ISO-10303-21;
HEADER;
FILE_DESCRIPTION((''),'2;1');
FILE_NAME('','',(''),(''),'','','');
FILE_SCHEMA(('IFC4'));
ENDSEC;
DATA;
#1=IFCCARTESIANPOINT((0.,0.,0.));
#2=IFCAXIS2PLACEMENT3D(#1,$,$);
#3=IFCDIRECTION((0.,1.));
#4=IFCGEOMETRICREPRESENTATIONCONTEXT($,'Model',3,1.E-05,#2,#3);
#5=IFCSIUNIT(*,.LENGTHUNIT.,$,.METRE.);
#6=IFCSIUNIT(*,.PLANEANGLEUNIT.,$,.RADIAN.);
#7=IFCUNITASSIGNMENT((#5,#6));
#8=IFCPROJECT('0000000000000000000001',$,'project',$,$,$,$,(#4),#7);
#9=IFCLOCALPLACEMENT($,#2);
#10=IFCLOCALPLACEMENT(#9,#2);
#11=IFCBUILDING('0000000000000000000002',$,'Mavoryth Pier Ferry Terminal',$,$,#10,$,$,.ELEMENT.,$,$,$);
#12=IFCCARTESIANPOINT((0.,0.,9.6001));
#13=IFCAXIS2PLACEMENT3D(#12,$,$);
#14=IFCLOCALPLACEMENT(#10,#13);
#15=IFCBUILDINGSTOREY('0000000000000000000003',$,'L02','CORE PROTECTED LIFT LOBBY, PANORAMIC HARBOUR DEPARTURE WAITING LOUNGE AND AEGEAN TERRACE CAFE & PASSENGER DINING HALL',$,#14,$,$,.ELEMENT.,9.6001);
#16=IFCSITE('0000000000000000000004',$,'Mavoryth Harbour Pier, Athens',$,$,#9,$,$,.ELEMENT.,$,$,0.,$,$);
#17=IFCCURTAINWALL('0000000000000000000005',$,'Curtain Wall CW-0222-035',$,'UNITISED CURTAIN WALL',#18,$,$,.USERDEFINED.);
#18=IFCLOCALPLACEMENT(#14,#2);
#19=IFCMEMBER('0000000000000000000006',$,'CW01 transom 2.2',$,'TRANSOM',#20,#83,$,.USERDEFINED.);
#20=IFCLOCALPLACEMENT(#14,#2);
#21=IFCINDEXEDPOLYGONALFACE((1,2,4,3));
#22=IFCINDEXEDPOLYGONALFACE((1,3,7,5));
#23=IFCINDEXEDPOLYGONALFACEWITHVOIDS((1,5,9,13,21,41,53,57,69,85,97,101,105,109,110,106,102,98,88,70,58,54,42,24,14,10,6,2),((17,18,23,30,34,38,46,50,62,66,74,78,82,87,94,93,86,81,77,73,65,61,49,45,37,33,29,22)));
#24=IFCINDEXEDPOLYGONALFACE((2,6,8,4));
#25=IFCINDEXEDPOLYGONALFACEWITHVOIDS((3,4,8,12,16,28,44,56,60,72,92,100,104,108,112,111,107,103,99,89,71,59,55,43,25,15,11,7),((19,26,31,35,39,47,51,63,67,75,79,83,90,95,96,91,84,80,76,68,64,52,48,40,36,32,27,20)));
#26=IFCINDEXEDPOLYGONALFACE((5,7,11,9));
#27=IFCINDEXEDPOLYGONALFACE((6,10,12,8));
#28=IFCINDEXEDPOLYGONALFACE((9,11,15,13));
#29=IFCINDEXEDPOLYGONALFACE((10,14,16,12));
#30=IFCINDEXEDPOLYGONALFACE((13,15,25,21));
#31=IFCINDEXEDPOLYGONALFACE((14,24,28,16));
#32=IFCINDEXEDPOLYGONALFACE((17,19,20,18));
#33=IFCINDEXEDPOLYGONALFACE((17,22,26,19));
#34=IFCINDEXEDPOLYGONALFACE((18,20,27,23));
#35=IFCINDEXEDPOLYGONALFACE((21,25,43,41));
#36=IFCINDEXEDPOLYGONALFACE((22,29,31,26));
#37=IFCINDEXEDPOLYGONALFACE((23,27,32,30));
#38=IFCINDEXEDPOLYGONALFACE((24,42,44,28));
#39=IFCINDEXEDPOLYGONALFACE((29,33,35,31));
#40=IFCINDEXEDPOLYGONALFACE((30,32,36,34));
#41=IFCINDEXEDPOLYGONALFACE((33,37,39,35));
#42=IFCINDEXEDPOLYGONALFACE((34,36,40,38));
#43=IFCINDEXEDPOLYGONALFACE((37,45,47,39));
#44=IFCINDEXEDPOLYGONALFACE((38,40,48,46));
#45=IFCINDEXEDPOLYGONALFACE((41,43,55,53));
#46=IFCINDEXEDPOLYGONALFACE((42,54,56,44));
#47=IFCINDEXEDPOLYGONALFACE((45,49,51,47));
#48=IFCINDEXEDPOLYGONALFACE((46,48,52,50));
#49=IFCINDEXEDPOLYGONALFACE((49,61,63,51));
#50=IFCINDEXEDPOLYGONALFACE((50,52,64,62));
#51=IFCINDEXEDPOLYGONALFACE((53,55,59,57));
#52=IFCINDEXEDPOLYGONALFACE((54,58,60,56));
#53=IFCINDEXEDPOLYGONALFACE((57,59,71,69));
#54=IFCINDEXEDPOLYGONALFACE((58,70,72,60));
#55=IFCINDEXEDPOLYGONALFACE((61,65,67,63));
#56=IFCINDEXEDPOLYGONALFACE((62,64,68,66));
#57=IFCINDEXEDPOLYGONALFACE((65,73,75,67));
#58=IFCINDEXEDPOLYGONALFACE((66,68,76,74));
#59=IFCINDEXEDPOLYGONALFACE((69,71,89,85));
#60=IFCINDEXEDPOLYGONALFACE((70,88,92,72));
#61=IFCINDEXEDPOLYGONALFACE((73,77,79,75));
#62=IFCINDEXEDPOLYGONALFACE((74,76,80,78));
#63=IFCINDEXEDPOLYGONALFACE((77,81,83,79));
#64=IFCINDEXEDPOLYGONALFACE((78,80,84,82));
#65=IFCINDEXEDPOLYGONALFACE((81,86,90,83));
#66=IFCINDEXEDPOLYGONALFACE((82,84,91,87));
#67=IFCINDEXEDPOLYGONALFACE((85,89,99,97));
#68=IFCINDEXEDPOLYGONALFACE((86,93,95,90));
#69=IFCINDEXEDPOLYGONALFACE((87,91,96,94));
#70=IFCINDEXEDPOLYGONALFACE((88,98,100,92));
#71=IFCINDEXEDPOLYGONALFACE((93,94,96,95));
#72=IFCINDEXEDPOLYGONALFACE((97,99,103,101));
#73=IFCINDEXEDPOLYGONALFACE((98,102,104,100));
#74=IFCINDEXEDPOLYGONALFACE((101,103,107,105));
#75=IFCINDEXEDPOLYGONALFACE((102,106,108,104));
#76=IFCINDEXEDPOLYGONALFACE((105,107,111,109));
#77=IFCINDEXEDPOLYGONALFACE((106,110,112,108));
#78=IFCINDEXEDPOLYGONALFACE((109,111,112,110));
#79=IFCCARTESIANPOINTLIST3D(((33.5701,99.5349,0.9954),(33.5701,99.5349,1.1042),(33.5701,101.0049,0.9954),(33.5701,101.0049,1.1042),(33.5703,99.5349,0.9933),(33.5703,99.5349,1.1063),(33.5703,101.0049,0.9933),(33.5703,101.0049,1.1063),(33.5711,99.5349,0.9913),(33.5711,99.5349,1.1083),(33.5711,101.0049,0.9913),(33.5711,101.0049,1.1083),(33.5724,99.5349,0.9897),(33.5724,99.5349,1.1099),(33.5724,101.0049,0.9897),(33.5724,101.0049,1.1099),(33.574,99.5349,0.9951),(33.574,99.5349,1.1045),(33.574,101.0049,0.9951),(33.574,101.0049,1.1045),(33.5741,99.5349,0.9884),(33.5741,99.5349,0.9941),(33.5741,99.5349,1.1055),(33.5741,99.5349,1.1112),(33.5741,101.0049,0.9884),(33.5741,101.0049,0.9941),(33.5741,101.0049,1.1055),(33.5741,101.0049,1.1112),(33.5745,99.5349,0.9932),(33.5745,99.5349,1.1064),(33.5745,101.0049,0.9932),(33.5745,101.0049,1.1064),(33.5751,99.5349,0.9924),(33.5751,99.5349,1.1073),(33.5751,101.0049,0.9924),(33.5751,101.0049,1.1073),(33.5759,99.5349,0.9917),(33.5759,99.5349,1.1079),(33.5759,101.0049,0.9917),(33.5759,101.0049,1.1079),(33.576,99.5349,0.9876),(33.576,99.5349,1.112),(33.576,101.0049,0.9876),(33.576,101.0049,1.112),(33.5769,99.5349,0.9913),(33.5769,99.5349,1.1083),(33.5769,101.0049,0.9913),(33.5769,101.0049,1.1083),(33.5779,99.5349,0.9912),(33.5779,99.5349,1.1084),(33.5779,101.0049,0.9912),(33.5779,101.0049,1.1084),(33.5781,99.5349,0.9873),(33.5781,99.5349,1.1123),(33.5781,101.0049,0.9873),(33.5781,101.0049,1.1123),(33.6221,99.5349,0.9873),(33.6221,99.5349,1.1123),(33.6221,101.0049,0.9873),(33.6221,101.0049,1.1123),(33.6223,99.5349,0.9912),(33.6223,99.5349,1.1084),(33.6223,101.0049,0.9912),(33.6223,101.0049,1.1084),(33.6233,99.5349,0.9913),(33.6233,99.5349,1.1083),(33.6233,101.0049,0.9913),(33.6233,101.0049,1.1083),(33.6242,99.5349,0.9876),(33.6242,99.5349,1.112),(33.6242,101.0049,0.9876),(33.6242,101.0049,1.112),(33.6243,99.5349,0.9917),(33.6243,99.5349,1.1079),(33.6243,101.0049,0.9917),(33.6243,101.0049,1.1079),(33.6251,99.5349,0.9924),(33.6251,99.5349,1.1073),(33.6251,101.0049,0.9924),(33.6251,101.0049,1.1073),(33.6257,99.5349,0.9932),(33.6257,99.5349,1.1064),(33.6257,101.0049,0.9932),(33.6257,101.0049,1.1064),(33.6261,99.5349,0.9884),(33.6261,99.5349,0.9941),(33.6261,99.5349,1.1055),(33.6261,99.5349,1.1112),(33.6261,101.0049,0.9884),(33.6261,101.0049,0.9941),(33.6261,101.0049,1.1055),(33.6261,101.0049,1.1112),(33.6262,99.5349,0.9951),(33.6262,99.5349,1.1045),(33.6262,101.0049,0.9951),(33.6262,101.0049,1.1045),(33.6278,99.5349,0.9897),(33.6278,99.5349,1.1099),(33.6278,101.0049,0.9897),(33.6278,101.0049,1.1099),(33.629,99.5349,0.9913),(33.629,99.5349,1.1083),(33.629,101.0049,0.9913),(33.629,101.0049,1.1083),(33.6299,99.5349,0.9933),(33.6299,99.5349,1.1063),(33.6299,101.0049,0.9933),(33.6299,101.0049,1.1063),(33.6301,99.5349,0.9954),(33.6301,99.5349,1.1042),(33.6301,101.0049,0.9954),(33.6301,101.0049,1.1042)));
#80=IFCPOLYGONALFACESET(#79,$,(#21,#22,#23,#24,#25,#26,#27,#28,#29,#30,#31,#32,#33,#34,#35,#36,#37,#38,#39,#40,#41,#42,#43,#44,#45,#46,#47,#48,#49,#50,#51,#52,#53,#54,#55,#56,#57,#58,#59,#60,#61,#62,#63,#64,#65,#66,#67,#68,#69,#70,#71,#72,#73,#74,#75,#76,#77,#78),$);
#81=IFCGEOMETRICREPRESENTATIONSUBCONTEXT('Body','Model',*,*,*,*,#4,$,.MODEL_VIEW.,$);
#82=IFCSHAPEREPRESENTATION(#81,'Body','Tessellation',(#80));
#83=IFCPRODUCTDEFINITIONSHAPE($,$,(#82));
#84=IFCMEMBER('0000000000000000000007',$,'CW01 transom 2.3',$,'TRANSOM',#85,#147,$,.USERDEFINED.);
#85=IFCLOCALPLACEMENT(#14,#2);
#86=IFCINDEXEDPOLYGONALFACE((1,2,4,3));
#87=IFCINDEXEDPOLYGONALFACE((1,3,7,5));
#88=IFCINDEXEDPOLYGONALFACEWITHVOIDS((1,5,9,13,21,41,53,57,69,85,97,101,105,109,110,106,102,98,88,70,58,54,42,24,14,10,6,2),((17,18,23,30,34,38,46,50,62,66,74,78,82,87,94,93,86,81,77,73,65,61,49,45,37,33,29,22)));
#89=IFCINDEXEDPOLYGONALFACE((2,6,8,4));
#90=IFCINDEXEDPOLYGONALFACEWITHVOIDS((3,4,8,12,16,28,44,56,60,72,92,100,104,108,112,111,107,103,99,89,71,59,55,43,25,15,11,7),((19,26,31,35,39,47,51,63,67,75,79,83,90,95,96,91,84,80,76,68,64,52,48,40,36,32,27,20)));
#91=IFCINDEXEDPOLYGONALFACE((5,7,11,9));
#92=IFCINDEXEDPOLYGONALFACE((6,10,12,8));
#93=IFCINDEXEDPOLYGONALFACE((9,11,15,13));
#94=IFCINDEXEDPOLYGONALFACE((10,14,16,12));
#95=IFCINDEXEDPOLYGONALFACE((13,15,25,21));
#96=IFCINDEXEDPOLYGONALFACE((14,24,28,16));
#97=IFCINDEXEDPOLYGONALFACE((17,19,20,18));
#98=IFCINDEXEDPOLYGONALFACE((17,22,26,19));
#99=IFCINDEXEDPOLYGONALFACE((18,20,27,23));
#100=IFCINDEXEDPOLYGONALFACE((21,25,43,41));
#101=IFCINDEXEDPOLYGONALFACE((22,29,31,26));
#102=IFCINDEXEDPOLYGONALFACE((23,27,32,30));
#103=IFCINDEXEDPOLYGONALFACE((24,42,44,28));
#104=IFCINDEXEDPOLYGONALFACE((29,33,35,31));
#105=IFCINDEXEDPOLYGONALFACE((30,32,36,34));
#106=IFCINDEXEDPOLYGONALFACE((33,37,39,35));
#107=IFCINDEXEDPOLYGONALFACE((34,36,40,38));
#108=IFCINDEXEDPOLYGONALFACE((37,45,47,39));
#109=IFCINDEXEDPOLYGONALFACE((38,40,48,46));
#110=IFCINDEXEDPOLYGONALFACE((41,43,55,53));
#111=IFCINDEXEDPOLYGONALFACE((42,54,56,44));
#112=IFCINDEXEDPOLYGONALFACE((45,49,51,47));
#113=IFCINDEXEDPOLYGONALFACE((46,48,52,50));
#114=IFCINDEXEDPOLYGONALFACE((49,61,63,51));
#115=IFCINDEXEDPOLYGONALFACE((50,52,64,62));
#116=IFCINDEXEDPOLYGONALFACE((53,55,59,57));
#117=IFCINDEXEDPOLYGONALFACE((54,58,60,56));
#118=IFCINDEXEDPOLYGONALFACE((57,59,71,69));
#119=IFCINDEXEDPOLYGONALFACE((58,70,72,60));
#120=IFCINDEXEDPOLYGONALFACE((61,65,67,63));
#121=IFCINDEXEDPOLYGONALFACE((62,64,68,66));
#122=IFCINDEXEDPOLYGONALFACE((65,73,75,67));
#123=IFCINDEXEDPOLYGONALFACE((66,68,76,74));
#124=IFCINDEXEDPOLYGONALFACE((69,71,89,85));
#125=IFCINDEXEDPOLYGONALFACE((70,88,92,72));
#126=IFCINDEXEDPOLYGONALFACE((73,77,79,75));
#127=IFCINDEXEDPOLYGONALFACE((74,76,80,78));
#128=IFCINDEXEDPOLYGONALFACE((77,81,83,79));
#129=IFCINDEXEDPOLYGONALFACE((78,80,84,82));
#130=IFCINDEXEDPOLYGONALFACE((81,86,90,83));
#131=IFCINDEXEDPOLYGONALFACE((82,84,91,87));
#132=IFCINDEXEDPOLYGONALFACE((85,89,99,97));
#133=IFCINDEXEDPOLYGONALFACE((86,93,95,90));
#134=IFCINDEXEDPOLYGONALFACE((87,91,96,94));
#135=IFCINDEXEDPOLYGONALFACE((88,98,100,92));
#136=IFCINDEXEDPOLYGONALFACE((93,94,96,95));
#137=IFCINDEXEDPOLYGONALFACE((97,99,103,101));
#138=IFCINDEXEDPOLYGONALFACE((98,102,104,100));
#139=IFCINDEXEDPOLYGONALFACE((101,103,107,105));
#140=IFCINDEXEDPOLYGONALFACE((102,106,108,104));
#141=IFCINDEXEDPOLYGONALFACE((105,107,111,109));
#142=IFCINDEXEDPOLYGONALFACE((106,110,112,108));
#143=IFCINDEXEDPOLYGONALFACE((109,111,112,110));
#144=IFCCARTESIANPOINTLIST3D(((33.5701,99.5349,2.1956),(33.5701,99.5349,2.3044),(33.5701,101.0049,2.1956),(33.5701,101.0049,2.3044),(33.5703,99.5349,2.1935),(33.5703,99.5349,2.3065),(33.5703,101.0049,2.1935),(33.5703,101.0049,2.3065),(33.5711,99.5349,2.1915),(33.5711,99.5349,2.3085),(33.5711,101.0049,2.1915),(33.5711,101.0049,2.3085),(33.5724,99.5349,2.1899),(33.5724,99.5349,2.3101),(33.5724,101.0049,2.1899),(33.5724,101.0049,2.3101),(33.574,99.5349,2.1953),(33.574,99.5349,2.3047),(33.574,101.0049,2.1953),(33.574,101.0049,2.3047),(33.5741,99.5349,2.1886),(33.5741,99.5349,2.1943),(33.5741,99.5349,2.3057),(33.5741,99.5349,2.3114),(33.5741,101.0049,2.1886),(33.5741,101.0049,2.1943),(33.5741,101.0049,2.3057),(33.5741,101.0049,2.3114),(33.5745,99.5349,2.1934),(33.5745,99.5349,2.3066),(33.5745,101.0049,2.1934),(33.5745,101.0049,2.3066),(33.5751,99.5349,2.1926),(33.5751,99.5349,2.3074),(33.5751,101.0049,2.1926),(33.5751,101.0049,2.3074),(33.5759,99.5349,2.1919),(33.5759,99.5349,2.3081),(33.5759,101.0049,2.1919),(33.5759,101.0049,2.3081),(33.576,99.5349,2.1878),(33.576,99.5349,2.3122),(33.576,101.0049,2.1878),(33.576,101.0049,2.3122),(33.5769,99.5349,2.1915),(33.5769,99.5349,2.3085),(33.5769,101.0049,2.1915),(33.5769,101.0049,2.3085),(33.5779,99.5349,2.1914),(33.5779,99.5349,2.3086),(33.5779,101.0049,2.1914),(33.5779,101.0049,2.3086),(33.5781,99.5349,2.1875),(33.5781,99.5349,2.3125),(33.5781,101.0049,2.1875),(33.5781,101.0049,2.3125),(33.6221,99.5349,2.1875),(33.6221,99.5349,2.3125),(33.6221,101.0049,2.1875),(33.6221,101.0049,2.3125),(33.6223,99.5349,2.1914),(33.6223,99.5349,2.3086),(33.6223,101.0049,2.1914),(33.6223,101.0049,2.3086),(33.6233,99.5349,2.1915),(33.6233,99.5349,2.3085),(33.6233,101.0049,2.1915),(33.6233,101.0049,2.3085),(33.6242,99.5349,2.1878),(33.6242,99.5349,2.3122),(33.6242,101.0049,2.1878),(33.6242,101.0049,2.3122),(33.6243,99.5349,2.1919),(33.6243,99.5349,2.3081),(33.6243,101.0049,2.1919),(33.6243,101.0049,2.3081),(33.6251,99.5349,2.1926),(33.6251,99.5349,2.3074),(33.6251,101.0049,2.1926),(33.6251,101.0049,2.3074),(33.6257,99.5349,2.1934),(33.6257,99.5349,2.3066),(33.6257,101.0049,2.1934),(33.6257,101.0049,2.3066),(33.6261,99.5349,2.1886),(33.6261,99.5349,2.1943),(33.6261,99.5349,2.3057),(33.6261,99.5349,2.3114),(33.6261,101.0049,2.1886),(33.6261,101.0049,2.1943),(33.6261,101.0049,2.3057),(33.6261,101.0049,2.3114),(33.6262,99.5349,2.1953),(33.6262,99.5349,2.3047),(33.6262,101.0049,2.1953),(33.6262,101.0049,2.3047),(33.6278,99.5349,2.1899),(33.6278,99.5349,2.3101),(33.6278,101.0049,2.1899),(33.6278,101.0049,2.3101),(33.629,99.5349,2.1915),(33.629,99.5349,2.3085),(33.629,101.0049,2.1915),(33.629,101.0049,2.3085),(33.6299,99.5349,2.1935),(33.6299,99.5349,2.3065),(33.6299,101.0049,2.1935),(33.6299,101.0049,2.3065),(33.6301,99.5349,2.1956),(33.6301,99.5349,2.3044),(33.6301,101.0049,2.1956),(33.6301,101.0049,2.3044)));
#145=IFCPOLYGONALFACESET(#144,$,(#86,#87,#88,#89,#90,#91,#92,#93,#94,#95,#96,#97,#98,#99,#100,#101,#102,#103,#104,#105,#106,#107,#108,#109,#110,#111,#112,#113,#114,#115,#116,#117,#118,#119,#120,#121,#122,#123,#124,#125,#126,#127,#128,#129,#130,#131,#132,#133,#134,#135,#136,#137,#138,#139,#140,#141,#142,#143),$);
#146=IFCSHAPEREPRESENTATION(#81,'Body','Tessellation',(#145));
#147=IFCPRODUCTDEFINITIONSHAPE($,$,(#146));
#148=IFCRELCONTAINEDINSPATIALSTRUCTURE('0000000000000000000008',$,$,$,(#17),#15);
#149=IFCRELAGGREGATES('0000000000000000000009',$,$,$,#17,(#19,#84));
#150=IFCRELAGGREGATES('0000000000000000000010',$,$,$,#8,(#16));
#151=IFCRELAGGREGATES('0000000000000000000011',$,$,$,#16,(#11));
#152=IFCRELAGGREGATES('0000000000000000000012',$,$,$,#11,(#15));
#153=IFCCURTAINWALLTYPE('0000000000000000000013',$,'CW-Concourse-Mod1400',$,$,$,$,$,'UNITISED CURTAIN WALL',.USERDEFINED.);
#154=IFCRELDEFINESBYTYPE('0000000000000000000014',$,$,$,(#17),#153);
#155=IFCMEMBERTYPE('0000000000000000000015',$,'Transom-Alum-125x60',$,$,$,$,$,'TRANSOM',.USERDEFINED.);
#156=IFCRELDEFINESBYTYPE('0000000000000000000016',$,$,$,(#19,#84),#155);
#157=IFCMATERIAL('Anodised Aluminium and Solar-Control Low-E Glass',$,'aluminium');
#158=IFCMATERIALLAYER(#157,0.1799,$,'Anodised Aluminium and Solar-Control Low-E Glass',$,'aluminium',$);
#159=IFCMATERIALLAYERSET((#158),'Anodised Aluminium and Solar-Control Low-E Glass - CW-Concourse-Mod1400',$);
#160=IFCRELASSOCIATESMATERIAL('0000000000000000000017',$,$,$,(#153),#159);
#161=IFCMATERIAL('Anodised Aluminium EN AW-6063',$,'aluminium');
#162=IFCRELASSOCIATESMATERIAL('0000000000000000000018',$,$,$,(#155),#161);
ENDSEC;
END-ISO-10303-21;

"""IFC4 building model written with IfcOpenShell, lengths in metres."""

from ifc_helpers import new_model, si_unit, direction, frame, origin, origin_2d, place, context, subcontext, project, spatial, hollow_rectangle, extrude, material, layer, layer_set, material_profile, profile_set, type_object, element, aggregate, save


model = new_model("IFC4")

# Units and contexts
model_context = context("Model", 3, precision=1e-05, world=origin(), true_north=direction((0.0, 1.0)))
body_context = subcontext(model_context, "Body", "Model", "MODEL_VIEW")
ifc_project = project(units=[si_unit("LENGTHUNIT", "METRE"), si_unit("PLANEANGLEUNIT", "RADIAN")], contexts=[model_context])

# Site, building, storey
site_placement = place(None, origin())
site = spatial("IfcSite", under=ifc_project, at=site_placement, Name="Mavoryth Harbour Pier, Athens", CompositionType="ELEMENT", RefElevation=0.0)
building_placement = place(site_placement, origin())
building = spatial("IfcBuilding", under=site, at=building_placement, Name="Mavoryth Pier Ferry Terminal", CompositionType="ELEMENT")
storey_placement = place(building_placement, frame((0.0, 0.0, 9.6001)))
storey = spatial("IfcBuildingStorey", under=building, at=storey_placement, Name="L02", Description="CORE PROTECTED LIFT LOBBY, PANORAMIC HARBOUR DEPARTURE WAITING LOUNGE AND AEGEAN TERRACE CAFE & PASSENGER DINING HALL", CompositionType="ELEMENT", Elevation=9.6001)

# Curtain wall
ifc_material_1 = material(Name="Anodised Aluminium and Solar-Control Low-E Glass", Category="aluminium")
ifc_layer_1 = layer(ifc_material_1, 0.1799, Name="Anodised Aluminium and Solar-Control Low-E Glass", Category="aluminium")
ifc_layer_set_1 = layer_set([ifc_layer_1], Name="Anodised Aluminium and Solar-Control Low-E Glass - CW-Concourse-Mod1400")
curtain_wall_type = type_object("IfcCurtainWallType", Name="CW-Concourse-Mod1400", ElementType="UNITISED CURTAIN WALL", PredefinedType="USERDEFINED", material=ifc_layer_set_1)
ifc_material_2 = material(Name="Anodised Aluminium EN AW-6063", Category="aluminium")
curtain_wall_1_placement = place(storey_placement, origin())
curtain_wall_1 = element("IfcCurtainWall", 1, at=curtain_wall_1_placement, inside=storey, type_object=curtain_wall_type, Name="Curtain Wall CW-0222-035", ObjectType="UNITISED CURTAIN WALL", PredefinedType="USERDEFINED")

# Members
ifc_material_profile_1 = material_profile(ifc_material_2, hollow_rectangle(XDim=0.0601, YDim=0.125, WallThickness=0.0039, InnerFilletRadius=0.0039, OuterFilletRadius=0.0081, at=origin_2d()), Name="AL-TRAN 125x60x4", Category="aluminium")
ifc_profile_set_1 = profile_set([ifc_material_profile_1], Name="Anodised Aluminium EN AW-6063 - AL-TRAN 125x60x4")
member_type_1 = type_object("IfcMemberType", Name="Transom-Alum-125x60", ElementType="TRANSOM", PredefinedType="USERDEFINED", material=ifc_profile_set_1)
member_1_placement = place(storey_placement, frame((33.6001, 99.5349, 1.0498), z_axis=(0.0, 1.0, 0.0), x_axis=(-1.0, 0.0, 0.0)))
member_1 = element("IfcMember", 2, at=member_1_placement, type_object=member_type_1, Name="CW01 transom 2.2", ObjectType="TRANSOM", PredefinedType="USERDEFINED", context=body_context, shape_type="SweptSolid", body=[
    extrude(hollow_rectangle(XDim=0.0601, YDim=0.125, WallThickness=0.0039, InnerFilletRadius=0.0039, OuterFilletRadius=0.0081, at=origin_2d()), origin(), (0.0, 0.0, 1.0), 1.47),
])
member_2_placement = place(storey_placement, frame((33.6001, 99.5349, 2.25), z_axis=(0.0, 1.0, 0.0), x_axis=(-1.0, 0.0, 0.0)))
member_2 = element("IfcMember", 3, at=member_2_placement, type_object=member_type_1, Name="CW01 transom 2.3", ObjectType="TRANSOM", PredefinedType="USERDEFINED", context=body_context, shape_type="SweptSolid", body=[
    extrude(hollow_rectangle(XDim=0.0601, YDim=0.125, WallThickness=0.0039, InnerFilletRadius=0.0039, OuterFilletRadius=0.0081, at=origin_2d()), origin(), (0.0, 0.0, 1.0), 1.47),
])

aggregate(curtain_wall_1, [member_1, member_2])

save(model, "model.ifc")
